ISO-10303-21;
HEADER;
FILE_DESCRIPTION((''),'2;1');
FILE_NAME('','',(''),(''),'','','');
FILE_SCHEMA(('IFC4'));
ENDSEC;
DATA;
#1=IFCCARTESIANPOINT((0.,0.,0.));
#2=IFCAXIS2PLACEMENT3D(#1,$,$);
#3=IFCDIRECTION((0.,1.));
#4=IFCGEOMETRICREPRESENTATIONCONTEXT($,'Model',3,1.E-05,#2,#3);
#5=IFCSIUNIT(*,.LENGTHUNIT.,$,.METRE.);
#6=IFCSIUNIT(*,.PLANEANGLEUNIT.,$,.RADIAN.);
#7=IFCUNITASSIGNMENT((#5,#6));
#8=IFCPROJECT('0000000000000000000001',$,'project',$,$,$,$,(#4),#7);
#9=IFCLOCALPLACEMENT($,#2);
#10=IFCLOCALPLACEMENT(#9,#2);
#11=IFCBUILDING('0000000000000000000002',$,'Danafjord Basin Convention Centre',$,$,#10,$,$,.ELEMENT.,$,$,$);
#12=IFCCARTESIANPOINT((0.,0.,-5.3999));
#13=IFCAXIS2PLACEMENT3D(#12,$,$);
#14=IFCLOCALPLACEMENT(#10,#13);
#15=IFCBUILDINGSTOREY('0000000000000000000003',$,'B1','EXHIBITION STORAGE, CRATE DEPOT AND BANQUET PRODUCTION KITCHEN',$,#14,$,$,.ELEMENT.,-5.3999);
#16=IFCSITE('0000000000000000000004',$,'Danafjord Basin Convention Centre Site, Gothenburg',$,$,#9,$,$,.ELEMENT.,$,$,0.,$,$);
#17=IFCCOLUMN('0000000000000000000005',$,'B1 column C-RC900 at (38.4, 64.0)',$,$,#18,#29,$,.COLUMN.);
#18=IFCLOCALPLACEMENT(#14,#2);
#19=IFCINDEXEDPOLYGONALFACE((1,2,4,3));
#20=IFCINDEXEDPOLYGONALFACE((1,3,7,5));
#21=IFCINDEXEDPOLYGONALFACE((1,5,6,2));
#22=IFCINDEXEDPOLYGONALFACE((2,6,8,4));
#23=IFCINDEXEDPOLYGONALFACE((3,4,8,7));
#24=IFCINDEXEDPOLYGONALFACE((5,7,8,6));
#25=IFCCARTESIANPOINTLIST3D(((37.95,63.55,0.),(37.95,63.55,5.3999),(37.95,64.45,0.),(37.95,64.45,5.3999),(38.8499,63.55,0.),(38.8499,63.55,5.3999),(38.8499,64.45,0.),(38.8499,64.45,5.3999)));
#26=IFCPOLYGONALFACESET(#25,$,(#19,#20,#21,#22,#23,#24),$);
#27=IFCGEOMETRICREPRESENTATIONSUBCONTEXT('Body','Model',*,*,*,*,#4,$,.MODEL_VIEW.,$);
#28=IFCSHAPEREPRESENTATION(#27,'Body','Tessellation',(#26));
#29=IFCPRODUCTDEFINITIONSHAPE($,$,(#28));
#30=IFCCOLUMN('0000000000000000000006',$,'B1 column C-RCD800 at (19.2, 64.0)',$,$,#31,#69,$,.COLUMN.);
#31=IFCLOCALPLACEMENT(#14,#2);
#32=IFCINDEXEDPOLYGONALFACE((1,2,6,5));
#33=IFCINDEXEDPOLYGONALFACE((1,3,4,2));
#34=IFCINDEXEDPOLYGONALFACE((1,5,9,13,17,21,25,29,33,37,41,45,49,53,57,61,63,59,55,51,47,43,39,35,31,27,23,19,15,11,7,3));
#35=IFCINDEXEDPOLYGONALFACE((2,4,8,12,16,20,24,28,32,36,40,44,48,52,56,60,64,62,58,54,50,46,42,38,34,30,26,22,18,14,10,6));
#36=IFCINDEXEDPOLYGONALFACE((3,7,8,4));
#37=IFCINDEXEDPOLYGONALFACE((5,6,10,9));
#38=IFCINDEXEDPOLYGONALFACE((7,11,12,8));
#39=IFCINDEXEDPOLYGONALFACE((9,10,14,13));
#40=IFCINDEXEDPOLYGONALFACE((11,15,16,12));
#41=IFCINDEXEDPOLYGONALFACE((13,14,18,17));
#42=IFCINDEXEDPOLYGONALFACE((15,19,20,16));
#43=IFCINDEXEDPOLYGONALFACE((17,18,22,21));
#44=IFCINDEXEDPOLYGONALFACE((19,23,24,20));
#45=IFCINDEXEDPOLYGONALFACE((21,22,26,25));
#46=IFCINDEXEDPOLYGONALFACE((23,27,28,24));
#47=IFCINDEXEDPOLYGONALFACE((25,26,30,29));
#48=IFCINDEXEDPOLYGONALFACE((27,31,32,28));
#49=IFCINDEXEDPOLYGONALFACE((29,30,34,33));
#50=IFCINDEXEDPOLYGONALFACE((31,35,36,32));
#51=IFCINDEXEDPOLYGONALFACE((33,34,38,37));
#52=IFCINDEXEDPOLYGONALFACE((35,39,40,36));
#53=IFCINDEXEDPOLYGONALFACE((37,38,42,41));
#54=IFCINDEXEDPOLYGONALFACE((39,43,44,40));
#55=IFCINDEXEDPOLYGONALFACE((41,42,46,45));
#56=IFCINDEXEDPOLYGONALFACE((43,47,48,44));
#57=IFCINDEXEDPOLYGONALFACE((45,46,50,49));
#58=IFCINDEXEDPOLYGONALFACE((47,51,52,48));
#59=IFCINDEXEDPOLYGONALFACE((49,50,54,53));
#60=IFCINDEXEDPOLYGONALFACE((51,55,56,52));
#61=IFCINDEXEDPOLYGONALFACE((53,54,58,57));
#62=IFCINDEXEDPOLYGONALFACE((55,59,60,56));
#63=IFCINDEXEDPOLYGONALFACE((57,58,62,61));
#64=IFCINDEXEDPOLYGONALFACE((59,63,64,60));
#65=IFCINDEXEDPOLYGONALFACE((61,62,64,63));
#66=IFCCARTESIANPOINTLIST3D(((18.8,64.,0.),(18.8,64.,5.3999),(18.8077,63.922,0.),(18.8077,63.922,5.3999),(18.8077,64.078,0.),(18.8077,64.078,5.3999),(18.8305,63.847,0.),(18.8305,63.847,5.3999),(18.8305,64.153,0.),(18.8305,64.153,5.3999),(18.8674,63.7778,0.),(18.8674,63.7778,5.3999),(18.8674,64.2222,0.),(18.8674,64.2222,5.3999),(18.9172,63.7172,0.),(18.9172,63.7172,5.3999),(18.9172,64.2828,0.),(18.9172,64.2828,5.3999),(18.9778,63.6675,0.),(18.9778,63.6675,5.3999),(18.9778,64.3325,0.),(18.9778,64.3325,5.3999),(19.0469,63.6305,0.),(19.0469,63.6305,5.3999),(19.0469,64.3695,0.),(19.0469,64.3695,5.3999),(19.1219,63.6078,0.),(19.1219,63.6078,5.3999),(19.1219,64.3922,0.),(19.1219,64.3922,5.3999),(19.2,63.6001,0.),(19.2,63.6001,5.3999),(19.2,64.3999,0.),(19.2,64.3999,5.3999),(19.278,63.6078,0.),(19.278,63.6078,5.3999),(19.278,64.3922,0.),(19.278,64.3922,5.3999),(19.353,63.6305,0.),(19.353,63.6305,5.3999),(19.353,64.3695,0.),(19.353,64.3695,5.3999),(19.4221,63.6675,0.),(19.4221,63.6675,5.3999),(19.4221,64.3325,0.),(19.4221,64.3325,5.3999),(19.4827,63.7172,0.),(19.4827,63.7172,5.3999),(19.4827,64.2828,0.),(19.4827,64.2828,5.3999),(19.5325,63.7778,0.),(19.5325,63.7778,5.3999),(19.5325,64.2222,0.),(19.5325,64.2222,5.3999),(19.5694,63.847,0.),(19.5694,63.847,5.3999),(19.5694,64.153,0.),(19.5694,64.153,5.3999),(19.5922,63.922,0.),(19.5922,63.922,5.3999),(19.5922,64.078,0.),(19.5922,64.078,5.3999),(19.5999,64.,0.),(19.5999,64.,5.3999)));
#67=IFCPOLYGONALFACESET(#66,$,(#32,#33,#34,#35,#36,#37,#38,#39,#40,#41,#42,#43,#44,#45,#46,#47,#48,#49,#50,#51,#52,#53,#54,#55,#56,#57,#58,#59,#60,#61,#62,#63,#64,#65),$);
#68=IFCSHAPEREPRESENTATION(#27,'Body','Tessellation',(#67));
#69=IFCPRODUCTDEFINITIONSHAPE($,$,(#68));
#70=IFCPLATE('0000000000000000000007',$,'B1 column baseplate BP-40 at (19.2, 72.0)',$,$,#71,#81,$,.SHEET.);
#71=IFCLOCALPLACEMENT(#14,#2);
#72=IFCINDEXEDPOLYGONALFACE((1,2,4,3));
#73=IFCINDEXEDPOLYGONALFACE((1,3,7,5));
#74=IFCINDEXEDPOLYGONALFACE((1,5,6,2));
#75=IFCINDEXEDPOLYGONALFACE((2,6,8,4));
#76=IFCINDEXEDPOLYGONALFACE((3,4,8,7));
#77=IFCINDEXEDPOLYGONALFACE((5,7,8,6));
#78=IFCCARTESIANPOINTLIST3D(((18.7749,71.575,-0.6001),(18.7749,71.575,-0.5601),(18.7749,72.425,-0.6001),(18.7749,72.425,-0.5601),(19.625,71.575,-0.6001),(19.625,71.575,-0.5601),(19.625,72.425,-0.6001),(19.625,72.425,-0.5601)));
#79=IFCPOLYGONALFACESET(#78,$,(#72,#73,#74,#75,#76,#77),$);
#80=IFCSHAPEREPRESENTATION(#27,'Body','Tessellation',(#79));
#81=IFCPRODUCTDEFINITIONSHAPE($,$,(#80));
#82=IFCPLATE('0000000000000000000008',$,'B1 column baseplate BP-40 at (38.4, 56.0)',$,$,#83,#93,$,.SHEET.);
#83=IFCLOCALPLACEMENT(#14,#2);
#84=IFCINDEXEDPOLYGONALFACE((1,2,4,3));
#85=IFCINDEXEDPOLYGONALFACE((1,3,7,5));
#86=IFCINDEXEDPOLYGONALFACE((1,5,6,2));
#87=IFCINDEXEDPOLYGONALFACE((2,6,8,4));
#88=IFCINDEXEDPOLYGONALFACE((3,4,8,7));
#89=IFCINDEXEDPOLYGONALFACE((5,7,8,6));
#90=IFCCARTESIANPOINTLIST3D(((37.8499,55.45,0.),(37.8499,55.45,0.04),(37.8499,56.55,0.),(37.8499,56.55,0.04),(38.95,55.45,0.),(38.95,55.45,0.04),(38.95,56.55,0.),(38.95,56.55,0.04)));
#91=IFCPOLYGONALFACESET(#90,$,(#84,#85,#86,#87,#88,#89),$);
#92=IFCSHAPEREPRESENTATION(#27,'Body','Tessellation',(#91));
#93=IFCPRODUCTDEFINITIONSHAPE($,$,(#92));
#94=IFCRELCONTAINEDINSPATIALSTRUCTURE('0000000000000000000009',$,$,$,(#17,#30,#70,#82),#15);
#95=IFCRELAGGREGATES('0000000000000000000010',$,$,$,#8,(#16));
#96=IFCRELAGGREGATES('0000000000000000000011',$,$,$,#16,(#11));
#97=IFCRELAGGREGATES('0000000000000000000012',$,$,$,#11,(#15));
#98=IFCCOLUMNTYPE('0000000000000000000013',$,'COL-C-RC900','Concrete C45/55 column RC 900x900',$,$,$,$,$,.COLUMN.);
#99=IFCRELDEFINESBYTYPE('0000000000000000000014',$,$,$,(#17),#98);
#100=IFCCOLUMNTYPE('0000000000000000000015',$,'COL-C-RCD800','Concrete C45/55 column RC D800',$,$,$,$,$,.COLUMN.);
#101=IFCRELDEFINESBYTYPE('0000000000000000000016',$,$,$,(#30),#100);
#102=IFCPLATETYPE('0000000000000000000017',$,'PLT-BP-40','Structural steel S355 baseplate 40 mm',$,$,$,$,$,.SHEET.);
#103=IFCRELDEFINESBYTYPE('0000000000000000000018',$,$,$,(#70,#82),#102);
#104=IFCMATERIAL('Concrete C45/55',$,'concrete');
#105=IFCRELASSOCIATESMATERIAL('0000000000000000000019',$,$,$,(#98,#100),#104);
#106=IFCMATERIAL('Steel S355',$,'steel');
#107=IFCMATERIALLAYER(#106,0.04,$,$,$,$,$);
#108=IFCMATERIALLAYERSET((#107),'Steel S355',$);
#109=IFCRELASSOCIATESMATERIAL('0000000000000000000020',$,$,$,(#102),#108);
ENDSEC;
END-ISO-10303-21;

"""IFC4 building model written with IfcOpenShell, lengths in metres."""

from ifc_helpers import new_model, si_unit, direction, frame, origin, origin_2d, place, context, subcontext, project, spatial, rectangle, circle, extrude, material, layer, layer_set, material_profile, profile_set, type_object, element, save


model = new_model("IFC4")

# Units and contexts
model_context = context("Model", 3, precision=1e-05, world=origin(), true_north=direction((0.0, 1.0)))
body_context = subcontext(model_context, "Body", "Model", "MODEL_VIEW")
ifc_project = project(units=[si_unit("LENGTHUNIT", "METRE"), si_unit("PLANEANGLEUNIT", "RADIAN")], contexts=[model_context])

# Site, building, storey
site_placement = place(None, origin())
site = spatial("IfcSite", under=ifc_project, at=site_placement, Name="Danafjord Basin Convention Centre Site, Gothenburg", CompositionType="ELEMENT", RefElevation=0.0)
building_placement = place(site_placement, origin())
building = spatial("IfcBuilding", under=site, at=building_placement, Name="Danafjord Basin Convention Centre", CompositionType="ELEMENT")
storey_placement = place(building_placement, frame((0.0, 0.0, -5.3999)))
storey = spatial("IfcBuildingStorey", under=building, at=storey_placement, Name="B1", Description="EXHIBITION STORAGE, CRATE DEPOT AND BANQUET PRODUCTION KITCHEN", CompositionType="ELEMENT", Elevation=-5.3999)

# Columns
ifc_material_1 = material(Name="Concrete C45/55", Category="concrete")
ifc_material_profile_1 = material_profile(ifc_material_1, rectangle(XDim=0.8999, YDim=0.8999, at=origin_2d()), Name="RC 900x900")
ifc_profile_set_1 = profile_set([ifc_material_profile_1], Name="Concrete C45/55")
column_type_1 = type_object("IfcColumnType", Name="COL-C-RC900", Description="Concrete C45/55 column RC 900x900", PredefinedType="COLUMN", material=ifc_profile_set_1)
for number, where, z_axis, x_axis, name in (
    (1, (38.3999, 64.0, 0.0), (0.0, 0.0, 1.0), (1.0, 0.0, 0.0), "B1 column C-RC900 at (38.4, 64.0)"),
):
    element("IfcColumn", number, at=place(storey_placement, frame(where, z_axis=z_axis, x_axis=x_axis)), inside=storey, type_object=column_type_1, Name=name, PredefinedType="COLUMN", context=body_context, shape_type="SweptSolid", body=[
        extrude(rectangle(XDim=0.8999, YDim=0.8999, at=origin_2d()), origin(), (0.0, 0.0, 1.0), 5.3999),
    ])
ifc_material_profile_2 = material_profile(ifc_material_1, circle(Radius=0.3999, at=origin_2d()), Name="RC D800")
ifc_profile_set_2 = profile_set([ifc_material_profile_2], Name="Concrete C45/55")
column_type_2 = type_object("IfcColumnType", Name="COL-C-RCD800", Description="Concrete C45/55 column RC D800", PredefinedType="COLUMN", material=ifc_profile_set_2)
column_1_placement = place(storey_placement, frame((19.2, 64.0, 0.0), z_axis=(0.0, 0.0, 1.0), x_axis=(1.0, 0.0, 0.0)))
element("IfcColumn", 2, at=column_1_placement, inside=storey, type_object=column_type_2, Name="B1 column C-RCD800 at (19.2, 64.0)", PredefinedType="COLUMN", context=body_context, shape_type="SweptSolid", body=[
    extrude(circle(Radius=0.3999, at=origin_2d()), origin(), (0.0, 0.0, 1.0), 5.3999),
])

# Plates
ifc_material_2 = material(Name="Steel S355", Category="steel")
ifc_layer = layer(ifc_material_2, 0.04)
ifc_layer_set = layer_set([ifc_layer], Name="Steel S355")
plate_type = type_object("IfcPlateType", Name="PLT-BP-40", Description="Structural steel S355 baseplate 40 mm", PredefinedType="SHEET", material=ifc_layer_set)
plate_1_placement = place(storey_placement, frame((19.2, 72.0, -0.6001), z_axis=(0.0, 0.0, 1.0), x_axis=(1.0, 0.0, 0.0)))
element("IfcPlate", 3, at=plate_1_placement, inside=storey, type_object=plate_type, Name="B1 column baseplate BP-40 at (19.2, 72.0)", PredefinedType="SHEET", context=body_context, shape_type="SweptSolid", body=[
    extrude(rectangle(XDim=0.8501, YDim=0.8501, at=origin_2d()), origin(), (0.0, 0.0, 1.0), 0.04),
])
plate_2_placement = place(storey_placement, frame((38.3999, 56.0, 0.0), z_axis=(0.0, 0.0, 1.0), x_axis=(1.0, 0.0, 0.0)))
element("IfcPlate", 4, at=plate_2_placement, inside=storey, type_object=plate_type, Name="B1 column baseplate BP-40 at (38.4, 56.0)", PredefinedType="SHEET", context=body_context, shape_type="SweptSolid", body=[
    extrude(rectangle(XDim=1.1001, YDim=1.1001, at=origin_2d()), origin(), (0.0, 0.0, 1.0), 0.04),
])

save(model, "model.ifc")
